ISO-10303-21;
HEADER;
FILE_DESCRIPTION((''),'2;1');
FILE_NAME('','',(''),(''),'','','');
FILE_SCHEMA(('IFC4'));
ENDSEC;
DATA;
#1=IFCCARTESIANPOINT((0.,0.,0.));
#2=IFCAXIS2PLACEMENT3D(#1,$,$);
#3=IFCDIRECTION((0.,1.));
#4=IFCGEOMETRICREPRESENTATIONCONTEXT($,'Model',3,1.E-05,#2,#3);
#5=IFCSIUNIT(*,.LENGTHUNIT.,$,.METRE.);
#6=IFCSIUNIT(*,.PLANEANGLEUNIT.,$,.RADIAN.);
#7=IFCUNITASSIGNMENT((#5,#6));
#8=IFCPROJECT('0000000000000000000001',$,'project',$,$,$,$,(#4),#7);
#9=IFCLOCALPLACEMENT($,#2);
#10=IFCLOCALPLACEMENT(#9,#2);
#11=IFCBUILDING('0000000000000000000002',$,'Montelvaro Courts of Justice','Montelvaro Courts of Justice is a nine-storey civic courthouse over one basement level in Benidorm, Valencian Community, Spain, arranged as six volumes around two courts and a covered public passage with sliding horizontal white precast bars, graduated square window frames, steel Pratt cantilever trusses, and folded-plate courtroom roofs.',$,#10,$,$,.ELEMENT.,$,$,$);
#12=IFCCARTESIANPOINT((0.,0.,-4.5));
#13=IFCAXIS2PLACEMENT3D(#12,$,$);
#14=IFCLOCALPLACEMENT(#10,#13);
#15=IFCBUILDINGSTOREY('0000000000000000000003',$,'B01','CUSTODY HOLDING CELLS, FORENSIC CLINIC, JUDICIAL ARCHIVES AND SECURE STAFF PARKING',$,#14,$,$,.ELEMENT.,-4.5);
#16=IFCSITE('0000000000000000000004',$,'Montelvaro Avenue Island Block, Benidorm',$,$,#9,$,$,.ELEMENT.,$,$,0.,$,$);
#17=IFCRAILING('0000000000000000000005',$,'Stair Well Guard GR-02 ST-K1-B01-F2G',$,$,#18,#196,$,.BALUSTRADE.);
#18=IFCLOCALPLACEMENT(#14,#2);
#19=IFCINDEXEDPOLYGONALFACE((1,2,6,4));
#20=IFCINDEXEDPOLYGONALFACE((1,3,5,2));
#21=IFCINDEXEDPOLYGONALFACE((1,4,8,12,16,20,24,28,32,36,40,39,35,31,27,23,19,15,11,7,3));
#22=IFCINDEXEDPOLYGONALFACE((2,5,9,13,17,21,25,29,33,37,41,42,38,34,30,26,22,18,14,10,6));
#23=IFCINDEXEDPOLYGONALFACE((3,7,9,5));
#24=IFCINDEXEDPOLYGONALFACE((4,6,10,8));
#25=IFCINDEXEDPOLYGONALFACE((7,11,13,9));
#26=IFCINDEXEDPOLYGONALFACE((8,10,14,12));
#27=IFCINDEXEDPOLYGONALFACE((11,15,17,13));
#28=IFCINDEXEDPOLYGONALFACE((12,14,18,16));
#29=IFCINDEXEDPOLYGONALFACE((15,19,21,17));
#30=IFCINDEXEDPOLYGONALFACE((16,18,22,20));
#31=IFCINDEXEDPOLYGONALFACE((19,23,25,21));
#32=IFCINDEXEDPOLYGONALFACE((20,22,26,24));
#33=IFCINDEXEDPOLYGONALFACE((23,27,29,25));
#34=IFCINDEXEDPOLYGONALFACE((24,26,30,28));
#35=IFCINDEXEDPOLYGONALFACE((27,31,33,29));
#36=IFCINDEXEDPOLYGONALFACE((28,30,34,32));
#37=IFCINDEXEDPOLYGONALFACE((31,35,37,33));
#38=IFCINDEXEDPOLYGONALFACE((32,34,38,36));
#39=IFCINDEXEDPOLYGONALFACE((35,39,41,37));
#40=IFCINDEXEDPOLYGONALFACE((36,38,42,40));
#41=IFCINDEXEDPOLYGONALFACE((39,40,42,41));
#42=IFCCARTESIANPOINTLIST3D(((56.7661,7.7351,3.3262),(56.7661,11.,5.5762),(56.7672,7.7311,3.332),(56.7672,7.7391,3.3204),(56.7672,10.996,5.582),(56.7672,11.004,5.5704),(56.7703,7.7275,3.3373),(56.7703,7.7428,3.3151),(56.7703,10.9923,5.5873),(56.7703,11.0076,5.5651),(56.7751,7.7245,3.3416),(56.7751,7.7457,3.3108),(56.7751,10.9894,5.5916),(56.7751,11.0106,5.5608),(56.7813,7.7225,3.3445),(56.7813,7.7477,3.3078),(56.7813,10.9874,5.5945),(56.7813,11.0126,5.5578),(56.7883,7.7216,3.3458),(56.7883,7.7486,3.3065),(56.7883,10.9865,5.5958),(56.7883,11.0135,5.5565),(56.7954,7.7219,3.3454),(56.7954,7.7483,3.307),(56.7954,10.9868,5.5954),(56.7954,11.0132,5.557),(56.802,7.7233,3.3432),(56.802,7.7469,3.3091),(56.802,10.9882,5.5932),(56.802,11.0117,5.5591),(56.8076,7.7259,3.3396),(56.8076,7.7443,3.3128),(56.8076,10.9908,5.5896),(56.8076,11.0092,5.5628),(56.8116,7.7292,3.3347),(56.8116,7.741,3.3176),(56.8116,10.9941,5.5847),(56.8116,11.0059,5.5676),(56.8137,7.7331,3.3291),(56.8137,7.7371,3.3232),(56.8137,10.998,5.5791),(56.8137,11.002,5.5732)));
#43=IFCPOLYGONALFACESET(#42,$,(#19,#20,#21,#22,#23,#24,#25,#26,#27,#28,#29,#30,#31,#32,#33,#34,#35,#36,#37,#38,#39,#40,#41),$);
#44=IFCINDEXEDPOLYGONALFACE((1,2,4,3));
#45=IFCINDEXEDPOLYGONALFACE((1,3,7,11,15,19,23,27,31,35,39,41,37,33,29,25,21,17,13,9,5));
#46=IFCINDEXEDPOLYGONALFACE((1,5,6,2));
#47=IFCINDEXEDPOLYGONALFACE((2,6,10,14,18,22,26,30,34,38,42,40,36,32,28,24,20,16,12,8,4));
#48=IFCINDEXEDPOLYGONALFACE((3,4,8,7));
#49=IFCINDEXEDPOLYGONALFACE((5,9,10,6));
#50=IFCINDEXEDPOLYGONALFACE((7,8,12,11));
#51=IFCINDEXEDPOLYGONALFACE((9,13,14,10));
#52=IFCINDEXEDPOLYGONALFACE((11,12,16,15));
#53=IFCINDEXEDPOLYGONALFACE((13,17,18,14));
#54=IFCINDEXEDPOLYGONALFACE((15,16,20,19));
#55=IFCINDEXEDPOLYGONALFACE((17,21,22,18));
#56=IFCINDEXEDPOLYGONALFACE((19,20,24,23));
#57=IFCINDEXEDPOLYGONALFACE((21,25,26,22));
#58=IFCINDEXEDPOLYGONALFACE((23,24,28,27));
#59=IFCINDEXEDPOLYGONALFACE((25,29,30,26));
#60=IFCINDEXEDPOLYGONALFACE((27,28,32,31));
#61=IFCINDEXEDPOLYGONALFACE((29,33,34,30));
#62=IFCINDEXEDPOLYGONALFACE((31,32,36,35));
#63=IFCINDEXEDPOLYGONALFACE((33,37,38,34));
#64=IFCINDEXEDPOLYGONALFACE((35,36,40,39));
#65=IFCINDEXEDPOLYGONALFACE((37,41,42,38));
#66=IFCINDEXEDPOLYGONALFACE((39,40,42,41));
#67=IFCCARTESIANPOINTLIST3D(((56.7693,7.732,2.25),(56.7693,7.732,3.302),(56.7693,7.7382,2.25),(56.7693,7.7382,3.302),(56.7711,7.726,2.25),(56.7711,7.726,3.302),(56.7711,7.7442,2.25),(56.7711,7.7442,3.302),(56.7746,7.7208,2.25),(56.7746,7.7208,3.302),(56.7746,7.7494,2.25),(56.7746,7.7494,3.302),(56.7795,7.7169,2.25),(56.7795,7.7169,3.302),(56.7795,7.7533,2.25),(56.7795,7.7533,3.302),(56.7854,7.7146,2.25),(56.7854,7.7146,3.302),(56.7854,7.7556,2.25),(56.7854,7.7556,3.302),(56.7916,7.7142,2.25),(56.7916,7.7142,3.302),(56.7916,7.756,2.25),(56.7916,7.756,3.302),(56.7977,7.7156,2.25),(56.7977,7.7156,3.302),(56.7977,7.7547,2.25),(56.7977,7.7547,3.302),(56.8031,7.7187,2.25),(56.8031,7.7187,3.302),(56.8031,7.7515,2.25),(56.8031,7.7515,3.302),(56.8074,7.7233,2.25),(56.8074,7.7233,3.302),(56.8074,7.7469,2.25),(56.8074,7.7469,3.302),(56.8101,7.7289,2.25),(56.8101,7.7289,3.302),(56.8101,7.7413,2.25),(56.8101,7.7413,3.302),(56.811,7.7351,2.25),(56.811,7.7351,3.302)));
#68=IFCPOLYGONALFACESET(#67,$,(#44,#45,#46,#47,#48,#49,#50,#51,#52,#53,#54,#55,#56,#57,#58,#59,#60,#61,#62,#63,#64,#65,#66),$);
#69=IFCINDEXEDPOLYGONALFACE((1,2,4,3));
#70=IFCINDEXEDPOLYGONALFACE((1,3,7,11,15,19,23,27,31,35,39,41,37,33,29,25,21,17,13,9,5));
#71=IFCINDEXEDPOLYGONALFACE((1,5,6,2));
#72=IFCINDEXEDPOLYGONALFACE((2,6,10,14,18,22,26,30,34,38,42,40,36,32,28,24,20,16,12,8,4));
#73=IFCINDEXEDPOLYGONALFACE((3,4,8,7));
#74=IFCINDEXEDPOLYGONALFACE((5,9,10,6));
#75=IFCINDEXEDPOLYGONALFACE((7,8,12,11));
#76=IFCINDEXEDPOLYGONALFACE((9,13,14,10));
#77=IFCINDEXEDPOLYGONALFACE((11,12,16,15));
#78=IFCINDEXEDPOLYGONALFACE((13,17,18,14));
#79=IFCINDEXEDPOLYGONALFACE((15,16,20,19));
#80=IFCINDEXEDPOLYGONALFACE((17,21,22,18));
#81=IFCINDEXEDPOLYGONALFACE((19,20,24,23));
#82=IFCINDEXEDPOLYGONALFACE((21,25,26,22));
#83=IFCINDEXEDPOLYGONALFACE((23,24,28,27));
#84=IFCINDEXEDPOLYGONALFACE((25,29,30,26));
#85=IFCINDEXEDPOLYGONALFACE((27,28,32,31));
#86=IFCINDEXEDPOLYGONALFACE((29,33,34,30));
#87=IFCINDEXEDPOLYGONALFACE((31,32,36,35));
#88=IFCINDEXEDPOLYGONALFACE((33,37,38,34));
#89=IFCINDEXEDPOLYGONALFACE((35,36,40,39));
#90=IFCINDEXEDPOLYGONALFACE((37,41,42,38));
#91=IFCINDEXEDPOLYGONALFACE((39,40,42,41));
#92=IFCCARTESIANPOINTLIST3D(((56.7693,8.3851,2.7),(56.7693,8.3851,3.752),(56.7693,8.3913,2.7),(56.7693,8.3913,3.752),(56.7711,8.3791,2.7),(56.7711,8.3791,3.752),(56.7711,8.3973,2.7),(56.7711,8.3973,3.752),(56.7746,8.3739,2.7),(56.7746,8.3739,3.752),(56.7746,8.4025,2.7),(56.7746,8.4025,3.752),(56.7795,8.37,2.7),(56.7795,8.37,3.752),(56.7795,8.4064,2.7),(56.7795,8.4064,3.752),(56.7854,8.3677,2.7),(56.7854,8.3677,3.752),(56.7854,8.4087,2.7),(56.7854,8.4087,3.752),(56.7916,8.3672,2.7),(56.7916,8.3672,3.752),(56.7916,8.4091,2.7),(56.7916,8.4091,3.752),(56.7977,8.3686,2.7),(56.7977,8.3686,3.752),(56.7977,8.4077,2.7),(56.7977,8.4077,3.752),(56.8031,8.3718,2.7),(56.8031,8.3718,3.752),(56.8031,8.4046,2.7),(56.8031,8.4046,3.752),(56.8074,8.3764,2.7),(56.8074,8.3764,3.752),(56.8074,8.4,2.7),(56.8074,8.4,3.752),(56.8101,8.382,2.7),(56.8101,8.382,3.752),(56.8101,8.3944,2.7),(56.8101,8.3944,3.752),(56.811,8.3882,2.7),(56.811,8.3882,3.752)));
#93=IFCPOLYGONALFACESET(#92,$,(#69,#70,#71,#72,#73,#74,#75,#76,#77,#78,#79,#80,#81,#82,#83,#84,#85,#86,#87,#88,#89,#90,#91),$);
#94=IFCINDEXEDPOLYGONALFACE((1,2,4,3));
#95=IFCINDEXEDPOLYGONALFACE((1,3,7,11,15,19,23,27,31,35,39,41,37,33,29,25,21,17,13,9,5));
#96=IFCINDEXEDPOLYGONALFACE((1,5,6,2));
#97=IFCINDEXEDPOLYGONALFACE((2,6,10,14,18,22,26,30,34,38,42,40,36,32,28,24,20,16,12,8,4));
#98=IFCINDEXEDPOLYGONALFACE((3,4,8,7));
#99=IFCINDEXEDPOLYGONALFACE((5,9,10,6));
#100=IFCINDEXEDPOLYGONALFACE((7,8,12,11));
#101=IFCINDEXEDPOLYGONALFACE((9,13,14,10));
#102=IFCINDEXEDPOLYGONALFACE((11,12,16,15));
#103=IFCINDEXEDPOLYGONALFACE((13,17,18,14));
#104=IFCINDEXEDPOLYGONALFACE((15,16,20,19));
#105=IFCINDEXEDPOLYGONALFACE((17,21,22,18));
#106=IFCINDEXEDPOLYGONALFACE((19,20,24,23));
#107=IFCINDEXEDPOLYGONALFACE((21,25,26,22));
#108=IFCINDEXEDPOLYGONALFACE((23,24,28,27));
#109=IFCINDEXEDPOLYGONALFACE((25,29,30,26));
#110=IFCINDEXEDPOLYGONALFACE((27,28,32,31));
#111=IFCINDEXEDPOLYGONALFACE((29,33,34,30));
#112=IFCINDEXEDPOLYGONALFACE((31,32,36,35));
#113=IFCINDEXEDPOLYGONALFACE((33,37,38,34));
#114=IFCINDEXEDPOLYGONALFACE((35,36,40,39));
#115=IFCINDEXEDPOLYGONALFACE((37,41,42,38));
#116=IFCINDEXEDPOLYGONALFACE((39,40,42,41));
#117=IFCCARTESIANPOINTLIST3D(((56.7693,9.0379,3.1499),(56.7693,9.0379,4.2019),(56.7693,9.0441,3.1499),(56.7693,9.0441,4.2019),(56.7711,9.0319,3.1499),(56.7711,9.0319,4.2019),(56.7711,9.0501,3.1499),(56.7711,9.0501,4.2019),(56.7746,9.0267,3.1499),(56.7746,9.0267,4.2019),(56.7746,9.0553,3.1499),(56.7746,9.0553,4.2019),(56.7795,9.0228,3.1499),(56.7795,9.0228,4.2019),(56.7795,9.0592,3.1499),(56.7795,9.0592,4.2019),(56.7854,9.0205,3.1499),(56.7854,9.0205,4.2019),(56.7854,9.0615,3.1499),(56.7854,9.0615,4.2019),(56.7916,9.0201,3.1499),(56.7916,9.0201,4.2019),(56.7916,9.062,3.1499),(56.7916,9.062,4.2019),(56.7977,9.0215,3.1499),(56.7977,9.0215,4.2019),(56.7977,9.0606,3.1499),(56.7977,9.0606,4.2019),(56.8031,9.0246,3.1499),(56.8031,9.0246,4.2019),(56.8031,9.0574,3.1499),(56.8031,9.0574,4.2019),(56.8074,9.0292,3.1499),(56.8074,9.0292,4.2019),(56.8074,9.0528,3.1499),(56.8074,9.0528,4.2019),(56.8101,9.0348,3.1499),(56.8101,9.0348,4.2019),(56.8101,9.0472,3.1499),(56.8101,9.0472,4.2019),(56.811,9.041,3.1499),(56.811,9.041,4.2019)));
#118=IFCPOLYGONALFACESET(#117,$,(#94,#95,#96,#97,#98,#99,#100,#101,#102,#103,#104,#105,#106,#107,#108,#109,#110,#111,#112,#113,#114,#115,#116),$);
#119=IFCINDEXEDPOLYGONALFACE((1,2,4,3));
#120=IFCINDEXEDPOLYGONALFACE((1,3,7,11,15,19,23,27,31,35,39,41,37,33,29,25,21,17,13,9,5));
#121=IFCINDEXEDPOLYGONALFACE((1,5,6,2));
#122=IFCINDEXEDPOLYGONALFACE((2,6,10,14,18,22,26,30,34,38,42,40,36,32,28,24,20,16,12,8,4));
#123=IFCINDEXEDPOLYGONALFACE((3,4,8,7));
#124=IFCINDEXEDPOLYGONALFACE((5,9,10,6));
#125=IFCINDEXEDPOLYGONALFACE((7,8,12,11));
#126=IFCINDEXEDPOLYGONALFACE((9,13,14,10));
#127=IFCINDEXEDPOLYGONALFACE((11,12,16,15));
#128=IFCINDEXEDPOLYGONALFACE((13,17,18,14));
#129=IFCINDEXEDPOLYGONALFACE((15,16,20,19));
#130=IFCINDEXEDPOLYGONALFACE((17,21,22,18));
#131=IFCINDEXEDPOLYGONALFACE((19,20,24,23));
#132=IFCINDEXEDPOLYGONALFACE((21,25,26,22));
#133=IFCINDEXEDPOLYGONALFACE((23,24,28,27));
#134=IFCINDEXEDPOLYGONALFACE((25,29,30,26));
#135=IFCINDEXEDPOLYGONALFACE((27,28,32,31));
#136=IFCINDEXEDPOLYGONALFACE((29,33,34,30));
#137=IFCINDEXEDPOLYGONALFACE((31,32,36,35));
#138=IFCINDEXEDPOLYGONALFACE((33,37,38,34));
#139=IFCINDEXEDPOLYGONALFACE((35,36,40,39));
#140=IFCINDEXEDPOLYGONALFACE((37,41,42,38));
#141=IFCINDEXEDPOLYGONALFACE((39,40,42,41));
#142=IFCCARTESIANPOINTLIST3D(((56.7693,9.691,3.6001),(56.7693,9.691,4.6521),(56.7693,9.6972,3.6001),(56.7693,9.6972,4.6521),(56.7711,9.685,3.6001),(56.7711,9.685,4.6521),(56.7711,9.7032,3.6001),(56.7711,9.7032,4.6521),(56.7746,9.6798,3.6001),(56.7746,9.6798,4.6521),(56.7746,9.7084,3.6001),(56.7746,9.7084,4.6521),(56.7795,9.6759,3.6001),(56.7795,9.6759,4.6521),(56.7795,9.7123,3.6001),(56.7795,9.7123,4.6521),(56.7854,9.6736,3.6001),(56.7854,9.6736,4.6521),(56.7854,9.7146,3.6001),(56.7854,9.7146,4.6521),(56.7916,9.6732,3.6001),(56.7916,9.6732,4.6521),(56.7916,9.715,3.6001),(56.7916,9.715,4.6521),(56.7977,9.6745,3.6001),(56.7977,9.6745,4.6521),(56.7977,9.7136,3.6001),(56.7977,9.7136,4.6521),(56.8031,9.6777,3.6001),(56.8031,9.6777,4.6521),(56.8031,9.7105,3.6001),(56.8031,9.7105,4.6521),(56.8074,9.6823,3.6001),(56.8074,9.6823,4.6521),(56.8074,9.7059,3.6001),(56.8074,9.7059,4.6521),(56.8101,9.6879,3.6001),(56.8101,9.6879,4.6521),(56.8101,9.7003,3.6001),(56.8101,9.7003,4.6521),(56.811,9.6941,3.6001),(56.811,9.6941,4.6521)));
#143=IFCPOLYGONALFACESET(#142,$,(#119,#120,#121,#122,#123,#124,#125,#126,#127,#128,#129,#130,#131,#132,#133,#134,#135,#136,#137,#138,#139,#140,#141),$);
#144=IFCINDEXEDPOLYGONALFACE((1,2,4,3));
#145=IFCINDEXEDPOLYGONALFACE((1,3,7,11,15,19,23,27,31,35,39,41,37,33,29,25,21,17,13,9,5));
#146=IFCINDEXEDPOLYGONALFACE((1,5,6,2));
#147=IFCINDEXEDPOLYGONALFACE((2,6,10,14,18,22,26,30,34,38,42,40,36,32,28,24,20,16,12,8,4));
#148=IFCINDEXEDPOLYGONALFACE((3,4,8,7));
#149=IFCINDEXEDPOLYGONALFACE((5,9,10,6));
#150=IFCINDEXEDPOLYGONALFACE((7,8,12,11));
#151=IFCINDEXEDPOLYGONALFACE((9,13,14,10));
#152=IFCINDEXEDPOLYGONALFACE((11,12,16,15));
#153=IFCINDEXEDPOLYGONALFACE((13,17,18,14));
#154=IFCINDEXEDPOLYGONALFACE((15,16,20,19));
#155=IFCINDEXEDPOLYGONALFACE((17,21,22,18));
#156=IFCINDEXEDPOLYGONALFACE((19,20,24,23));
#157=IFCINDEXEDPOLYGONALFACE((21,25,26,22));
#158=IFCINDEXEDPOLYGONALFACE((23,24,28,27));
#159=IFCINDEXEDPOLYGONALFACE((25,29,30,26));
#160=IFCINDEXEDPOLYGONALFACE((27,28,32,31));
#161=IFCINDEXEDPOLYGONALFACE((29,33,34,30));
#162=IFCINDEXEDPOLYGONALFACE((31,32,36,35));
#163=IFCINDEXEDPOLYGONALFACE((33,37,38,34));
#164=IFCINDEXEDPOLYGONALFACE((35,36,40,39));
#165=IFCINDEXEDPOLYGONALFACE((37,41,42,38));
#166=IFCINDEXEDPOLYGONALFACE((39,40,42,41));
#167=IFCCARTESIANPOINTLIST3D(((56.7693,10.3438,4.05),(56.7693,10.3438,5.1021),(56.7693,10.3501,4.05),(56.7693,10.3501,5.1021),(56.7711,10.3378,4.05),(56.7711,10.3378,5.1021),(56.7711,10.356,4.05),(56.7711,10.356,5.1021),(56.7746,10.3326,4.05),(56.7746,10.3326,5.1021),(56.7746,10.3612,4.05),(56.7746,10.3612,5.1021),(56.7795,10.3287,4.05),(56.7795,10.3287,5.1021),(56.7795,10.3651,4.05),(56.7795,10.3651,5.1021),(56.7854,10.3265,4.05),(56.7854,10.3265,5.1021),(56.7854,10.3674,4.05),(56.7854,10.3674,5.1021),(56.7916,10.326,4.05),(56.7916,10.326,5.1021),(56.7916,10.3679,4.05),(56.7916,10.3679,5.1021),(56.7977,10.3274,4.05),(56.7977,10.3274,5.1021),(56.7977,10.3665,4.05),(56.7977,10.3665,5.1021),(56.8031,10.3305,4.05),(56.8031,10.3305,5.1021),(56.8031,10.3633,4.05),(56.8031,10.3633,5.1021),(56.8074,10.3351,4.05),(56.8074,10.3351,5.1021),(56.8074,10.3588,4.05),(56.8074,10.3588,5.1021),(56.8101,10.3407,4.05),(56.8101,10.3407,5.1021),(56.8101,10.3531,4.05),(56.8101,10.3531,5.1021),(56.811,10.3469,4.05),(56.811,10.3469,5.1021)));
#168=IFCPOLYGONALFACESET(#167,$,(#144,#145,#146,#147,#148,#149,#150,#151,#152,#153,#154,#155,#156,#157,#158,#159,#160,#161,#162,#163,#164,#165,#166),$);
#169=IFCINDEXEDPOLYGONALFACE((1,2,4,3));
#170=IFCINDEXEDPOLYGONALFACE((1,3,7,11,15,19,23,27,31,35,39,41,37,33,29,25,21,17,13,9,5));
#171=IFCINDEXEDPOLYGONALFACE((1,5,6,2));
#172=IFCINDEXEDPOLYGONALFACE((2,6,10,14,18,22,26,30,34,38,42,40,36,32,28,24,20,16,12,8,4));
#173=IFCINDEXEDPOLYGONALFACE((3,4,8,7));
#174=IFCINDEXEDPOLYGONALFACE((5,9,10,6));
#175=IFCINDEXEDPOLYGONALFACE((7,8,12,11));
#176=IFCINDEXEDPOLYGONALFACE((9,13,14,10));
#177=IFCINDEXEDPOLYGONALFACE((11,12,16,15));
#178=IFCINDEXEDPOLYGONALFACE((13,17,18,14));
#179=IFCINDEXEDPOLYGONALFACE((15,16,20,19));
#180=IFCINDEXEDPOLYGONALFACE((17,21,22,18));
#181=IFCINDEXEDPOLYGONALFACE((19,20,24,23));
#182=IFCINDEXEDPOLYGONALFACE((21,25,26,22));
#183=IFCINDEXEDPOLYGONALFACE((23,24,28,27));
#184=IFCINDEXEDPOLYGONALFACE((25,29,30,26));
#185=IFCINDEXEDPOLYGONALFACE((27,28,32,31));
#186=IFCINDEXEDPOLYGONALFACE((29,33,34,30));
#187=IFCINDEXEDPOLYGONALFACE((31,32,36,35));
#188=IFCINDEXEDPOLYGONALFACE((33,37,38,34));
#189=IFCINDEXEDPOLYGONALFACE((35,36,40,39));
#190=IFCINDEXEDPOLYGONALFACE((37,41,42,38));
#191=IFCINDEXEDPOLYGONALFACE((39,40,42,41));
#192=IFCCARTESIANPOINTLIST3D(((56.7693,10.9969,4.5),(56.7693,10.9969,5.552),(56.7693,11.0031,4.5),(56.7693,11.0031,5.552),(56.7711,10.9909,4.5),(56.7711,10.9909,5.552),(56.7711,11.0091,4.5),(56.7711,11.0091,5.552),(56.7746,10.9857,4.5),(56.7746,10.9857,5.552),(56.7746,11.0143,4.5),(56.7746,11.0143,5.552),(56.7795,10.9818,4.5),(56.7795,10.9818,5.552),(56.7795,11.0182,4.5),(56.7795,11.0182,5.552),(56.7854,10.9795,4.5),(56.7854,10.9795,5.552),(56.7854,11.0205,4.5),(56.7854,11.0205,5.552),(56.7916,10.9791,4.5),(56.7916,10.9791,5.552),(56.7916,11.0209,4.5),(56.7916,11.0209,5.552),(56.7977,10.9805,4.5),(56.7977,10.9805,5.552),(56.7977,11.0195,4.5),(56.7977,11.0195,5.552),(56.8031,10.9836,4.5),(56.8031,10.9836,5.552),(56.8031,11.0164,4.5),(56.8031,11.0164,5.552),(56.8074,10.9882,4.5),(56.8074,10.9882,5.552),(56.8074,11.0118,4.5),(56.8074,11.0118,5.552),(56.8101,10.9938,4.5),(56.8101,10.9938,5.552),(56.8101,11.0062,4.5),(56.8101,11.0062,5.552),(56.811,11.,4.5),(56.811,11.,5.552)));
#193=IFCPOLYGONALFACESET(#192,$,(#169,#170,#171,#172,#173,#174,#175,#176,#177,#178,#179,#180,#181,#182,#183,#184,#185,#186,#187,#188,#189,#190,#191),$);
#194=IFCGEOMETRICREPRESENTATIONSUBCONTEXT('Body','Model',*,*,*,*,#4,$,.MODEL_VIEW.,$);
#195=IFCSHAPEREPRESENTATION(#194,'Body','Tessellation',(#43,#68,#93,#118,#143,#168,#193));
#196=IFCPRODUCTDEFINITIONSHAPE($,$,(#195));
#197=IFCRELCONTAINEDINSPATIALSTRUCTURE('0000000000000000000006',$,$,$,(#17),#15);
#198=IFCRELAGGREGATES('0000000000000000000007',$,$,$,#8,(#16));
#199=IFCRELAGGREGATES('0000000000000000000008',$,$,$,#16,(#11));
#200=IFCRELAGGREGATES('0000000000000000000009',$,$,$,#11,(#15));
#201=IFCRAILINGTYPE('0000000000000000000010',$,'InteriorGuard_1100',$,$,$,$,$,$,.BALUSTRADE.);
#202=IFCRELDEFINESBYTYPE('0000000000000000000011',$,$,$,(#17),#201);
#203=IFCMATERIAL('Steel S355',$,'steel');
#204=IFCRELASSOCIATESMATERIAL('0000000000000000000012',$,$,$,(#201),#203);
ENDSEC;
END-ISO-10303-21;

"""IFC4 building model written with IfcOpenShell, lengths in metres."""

from ifc_helpers import new_model, si_unit, direction, frame, origin, origin_2d, place, context, subcontext, project, spatial, circle, extrude, material, type_object, element, save


model = new_model("IFC4")

# Units and contexts
model_context = context("Model", 3, precision=1e-05, world=origin(), true_north=direction((0.0, 1.0)))
body_context = subcontext(model_context, "Body", "Model", "MODEL_VIEW")
ifc_project = project(units=[si_unit("LENGTHUNIT", "METRE"), si_unit("PLANEANGLEUNIT", "RADIAN")], contexts=[model_context])

# Site, building, storey
site_placement = place(None, origin())
site = spatial("IfcSite", under=ifc_project, at=site_placement, Name="Montelvaro Avenue Island Block, Benidorm", CompositionType="ELEMENT", RefElevation=0.0)
building_placement = place(site_placement, origin())
building = spatial("IfcBuilding", under=site, at=building_placement, Name="Montelvaro Courts of Justice", Description="Montelvaro Courts of Justice is a nine-storey civic courthouse over one basement level in Benidorm, Valencian Community, Spain, arranged as six volumes around two courts and a covered public passage with sliding horizontal white precast bars, graduated square window frames, steel Pratt cantilever trusses, and folded-plate courtroom roofs.", CompositionType="ELEMENT")
storey_placement = place(building_placement, frame((0.0, 0.0, -4.5)))
storey = spatial("IfcBuildingStorey", under=building, at=storey_placement, Name="B01", Description="CUSTODY HOLDING CELLS, FORENSIC CLINIC, JUDICIAL ARCHIVES AND SECURE STAFF PARKING", CompositionType="ELEMENT", Elevation=-4.5)

# Shared definitions
ifc_material_1 = material(Name="Steel S355", Category="steel")

# Railing
railing_type = type_object("IfcRailingType", Name="InteriorGuard_1100", PredefinedType="BALUSTRADE", material=ifc_material_1)
railing_1_placement = place(storey_placement, frame((56.79, 7.7351, 2.25)))
element("IfcRailing", 1, at=railing_1_placement, inside=storey, type_object=railing_type, Name="Stair Well Guard GR-02 ST-K1-B01-F2G", PredefinedType="BALUSTRADE", context=body_context, shape_type="SweptSolid", body=[
    extrude(circle(Radius=0.0239, at=origin_2d()), frame((0.0, 0.0, 1.0762), z_axis=(0.0, 0.823407, 0.567451), x_axis=(-1.0, 0.0, 0.0)), (0.0, 0.0, 1.0), 3.9651),
    extrude(circle(Radius=0.021, at=origin_2d()), origin(), (0.0, 0.0, 1.0), 1.052),
    extrude(circle(Radius=0.021, at=origin_2d()), frame((0.0, 0.6531, 0.45)), (0.0, 0.0, 1.0), 1.052),
    extrude(circle(Radius=0.021, at=origin_2d()), frame((0.0, 1.3059, 0.8999)), (0.0, 0.0, 1.0), 1.052),
    extrude(circle(Radius=0.021, at=origin_2d()), frame((0.0, 1.959, 1.3501)), (0.0, 0.0, 1.0), 1.052),
    extrude(circle(Radius=0.021, at=origin_2d()), frame((0.0, 2.6118, 1.8)), (0.0, 0.0, 1.0), 1.052),
    extrude(circle(Radius=0.021, at=origin_2d()), frame((0.0, 3.2649, 2.25)), (0.0, 0.0, 1.0), 1.052),
])

save(model, "model.ifc")
